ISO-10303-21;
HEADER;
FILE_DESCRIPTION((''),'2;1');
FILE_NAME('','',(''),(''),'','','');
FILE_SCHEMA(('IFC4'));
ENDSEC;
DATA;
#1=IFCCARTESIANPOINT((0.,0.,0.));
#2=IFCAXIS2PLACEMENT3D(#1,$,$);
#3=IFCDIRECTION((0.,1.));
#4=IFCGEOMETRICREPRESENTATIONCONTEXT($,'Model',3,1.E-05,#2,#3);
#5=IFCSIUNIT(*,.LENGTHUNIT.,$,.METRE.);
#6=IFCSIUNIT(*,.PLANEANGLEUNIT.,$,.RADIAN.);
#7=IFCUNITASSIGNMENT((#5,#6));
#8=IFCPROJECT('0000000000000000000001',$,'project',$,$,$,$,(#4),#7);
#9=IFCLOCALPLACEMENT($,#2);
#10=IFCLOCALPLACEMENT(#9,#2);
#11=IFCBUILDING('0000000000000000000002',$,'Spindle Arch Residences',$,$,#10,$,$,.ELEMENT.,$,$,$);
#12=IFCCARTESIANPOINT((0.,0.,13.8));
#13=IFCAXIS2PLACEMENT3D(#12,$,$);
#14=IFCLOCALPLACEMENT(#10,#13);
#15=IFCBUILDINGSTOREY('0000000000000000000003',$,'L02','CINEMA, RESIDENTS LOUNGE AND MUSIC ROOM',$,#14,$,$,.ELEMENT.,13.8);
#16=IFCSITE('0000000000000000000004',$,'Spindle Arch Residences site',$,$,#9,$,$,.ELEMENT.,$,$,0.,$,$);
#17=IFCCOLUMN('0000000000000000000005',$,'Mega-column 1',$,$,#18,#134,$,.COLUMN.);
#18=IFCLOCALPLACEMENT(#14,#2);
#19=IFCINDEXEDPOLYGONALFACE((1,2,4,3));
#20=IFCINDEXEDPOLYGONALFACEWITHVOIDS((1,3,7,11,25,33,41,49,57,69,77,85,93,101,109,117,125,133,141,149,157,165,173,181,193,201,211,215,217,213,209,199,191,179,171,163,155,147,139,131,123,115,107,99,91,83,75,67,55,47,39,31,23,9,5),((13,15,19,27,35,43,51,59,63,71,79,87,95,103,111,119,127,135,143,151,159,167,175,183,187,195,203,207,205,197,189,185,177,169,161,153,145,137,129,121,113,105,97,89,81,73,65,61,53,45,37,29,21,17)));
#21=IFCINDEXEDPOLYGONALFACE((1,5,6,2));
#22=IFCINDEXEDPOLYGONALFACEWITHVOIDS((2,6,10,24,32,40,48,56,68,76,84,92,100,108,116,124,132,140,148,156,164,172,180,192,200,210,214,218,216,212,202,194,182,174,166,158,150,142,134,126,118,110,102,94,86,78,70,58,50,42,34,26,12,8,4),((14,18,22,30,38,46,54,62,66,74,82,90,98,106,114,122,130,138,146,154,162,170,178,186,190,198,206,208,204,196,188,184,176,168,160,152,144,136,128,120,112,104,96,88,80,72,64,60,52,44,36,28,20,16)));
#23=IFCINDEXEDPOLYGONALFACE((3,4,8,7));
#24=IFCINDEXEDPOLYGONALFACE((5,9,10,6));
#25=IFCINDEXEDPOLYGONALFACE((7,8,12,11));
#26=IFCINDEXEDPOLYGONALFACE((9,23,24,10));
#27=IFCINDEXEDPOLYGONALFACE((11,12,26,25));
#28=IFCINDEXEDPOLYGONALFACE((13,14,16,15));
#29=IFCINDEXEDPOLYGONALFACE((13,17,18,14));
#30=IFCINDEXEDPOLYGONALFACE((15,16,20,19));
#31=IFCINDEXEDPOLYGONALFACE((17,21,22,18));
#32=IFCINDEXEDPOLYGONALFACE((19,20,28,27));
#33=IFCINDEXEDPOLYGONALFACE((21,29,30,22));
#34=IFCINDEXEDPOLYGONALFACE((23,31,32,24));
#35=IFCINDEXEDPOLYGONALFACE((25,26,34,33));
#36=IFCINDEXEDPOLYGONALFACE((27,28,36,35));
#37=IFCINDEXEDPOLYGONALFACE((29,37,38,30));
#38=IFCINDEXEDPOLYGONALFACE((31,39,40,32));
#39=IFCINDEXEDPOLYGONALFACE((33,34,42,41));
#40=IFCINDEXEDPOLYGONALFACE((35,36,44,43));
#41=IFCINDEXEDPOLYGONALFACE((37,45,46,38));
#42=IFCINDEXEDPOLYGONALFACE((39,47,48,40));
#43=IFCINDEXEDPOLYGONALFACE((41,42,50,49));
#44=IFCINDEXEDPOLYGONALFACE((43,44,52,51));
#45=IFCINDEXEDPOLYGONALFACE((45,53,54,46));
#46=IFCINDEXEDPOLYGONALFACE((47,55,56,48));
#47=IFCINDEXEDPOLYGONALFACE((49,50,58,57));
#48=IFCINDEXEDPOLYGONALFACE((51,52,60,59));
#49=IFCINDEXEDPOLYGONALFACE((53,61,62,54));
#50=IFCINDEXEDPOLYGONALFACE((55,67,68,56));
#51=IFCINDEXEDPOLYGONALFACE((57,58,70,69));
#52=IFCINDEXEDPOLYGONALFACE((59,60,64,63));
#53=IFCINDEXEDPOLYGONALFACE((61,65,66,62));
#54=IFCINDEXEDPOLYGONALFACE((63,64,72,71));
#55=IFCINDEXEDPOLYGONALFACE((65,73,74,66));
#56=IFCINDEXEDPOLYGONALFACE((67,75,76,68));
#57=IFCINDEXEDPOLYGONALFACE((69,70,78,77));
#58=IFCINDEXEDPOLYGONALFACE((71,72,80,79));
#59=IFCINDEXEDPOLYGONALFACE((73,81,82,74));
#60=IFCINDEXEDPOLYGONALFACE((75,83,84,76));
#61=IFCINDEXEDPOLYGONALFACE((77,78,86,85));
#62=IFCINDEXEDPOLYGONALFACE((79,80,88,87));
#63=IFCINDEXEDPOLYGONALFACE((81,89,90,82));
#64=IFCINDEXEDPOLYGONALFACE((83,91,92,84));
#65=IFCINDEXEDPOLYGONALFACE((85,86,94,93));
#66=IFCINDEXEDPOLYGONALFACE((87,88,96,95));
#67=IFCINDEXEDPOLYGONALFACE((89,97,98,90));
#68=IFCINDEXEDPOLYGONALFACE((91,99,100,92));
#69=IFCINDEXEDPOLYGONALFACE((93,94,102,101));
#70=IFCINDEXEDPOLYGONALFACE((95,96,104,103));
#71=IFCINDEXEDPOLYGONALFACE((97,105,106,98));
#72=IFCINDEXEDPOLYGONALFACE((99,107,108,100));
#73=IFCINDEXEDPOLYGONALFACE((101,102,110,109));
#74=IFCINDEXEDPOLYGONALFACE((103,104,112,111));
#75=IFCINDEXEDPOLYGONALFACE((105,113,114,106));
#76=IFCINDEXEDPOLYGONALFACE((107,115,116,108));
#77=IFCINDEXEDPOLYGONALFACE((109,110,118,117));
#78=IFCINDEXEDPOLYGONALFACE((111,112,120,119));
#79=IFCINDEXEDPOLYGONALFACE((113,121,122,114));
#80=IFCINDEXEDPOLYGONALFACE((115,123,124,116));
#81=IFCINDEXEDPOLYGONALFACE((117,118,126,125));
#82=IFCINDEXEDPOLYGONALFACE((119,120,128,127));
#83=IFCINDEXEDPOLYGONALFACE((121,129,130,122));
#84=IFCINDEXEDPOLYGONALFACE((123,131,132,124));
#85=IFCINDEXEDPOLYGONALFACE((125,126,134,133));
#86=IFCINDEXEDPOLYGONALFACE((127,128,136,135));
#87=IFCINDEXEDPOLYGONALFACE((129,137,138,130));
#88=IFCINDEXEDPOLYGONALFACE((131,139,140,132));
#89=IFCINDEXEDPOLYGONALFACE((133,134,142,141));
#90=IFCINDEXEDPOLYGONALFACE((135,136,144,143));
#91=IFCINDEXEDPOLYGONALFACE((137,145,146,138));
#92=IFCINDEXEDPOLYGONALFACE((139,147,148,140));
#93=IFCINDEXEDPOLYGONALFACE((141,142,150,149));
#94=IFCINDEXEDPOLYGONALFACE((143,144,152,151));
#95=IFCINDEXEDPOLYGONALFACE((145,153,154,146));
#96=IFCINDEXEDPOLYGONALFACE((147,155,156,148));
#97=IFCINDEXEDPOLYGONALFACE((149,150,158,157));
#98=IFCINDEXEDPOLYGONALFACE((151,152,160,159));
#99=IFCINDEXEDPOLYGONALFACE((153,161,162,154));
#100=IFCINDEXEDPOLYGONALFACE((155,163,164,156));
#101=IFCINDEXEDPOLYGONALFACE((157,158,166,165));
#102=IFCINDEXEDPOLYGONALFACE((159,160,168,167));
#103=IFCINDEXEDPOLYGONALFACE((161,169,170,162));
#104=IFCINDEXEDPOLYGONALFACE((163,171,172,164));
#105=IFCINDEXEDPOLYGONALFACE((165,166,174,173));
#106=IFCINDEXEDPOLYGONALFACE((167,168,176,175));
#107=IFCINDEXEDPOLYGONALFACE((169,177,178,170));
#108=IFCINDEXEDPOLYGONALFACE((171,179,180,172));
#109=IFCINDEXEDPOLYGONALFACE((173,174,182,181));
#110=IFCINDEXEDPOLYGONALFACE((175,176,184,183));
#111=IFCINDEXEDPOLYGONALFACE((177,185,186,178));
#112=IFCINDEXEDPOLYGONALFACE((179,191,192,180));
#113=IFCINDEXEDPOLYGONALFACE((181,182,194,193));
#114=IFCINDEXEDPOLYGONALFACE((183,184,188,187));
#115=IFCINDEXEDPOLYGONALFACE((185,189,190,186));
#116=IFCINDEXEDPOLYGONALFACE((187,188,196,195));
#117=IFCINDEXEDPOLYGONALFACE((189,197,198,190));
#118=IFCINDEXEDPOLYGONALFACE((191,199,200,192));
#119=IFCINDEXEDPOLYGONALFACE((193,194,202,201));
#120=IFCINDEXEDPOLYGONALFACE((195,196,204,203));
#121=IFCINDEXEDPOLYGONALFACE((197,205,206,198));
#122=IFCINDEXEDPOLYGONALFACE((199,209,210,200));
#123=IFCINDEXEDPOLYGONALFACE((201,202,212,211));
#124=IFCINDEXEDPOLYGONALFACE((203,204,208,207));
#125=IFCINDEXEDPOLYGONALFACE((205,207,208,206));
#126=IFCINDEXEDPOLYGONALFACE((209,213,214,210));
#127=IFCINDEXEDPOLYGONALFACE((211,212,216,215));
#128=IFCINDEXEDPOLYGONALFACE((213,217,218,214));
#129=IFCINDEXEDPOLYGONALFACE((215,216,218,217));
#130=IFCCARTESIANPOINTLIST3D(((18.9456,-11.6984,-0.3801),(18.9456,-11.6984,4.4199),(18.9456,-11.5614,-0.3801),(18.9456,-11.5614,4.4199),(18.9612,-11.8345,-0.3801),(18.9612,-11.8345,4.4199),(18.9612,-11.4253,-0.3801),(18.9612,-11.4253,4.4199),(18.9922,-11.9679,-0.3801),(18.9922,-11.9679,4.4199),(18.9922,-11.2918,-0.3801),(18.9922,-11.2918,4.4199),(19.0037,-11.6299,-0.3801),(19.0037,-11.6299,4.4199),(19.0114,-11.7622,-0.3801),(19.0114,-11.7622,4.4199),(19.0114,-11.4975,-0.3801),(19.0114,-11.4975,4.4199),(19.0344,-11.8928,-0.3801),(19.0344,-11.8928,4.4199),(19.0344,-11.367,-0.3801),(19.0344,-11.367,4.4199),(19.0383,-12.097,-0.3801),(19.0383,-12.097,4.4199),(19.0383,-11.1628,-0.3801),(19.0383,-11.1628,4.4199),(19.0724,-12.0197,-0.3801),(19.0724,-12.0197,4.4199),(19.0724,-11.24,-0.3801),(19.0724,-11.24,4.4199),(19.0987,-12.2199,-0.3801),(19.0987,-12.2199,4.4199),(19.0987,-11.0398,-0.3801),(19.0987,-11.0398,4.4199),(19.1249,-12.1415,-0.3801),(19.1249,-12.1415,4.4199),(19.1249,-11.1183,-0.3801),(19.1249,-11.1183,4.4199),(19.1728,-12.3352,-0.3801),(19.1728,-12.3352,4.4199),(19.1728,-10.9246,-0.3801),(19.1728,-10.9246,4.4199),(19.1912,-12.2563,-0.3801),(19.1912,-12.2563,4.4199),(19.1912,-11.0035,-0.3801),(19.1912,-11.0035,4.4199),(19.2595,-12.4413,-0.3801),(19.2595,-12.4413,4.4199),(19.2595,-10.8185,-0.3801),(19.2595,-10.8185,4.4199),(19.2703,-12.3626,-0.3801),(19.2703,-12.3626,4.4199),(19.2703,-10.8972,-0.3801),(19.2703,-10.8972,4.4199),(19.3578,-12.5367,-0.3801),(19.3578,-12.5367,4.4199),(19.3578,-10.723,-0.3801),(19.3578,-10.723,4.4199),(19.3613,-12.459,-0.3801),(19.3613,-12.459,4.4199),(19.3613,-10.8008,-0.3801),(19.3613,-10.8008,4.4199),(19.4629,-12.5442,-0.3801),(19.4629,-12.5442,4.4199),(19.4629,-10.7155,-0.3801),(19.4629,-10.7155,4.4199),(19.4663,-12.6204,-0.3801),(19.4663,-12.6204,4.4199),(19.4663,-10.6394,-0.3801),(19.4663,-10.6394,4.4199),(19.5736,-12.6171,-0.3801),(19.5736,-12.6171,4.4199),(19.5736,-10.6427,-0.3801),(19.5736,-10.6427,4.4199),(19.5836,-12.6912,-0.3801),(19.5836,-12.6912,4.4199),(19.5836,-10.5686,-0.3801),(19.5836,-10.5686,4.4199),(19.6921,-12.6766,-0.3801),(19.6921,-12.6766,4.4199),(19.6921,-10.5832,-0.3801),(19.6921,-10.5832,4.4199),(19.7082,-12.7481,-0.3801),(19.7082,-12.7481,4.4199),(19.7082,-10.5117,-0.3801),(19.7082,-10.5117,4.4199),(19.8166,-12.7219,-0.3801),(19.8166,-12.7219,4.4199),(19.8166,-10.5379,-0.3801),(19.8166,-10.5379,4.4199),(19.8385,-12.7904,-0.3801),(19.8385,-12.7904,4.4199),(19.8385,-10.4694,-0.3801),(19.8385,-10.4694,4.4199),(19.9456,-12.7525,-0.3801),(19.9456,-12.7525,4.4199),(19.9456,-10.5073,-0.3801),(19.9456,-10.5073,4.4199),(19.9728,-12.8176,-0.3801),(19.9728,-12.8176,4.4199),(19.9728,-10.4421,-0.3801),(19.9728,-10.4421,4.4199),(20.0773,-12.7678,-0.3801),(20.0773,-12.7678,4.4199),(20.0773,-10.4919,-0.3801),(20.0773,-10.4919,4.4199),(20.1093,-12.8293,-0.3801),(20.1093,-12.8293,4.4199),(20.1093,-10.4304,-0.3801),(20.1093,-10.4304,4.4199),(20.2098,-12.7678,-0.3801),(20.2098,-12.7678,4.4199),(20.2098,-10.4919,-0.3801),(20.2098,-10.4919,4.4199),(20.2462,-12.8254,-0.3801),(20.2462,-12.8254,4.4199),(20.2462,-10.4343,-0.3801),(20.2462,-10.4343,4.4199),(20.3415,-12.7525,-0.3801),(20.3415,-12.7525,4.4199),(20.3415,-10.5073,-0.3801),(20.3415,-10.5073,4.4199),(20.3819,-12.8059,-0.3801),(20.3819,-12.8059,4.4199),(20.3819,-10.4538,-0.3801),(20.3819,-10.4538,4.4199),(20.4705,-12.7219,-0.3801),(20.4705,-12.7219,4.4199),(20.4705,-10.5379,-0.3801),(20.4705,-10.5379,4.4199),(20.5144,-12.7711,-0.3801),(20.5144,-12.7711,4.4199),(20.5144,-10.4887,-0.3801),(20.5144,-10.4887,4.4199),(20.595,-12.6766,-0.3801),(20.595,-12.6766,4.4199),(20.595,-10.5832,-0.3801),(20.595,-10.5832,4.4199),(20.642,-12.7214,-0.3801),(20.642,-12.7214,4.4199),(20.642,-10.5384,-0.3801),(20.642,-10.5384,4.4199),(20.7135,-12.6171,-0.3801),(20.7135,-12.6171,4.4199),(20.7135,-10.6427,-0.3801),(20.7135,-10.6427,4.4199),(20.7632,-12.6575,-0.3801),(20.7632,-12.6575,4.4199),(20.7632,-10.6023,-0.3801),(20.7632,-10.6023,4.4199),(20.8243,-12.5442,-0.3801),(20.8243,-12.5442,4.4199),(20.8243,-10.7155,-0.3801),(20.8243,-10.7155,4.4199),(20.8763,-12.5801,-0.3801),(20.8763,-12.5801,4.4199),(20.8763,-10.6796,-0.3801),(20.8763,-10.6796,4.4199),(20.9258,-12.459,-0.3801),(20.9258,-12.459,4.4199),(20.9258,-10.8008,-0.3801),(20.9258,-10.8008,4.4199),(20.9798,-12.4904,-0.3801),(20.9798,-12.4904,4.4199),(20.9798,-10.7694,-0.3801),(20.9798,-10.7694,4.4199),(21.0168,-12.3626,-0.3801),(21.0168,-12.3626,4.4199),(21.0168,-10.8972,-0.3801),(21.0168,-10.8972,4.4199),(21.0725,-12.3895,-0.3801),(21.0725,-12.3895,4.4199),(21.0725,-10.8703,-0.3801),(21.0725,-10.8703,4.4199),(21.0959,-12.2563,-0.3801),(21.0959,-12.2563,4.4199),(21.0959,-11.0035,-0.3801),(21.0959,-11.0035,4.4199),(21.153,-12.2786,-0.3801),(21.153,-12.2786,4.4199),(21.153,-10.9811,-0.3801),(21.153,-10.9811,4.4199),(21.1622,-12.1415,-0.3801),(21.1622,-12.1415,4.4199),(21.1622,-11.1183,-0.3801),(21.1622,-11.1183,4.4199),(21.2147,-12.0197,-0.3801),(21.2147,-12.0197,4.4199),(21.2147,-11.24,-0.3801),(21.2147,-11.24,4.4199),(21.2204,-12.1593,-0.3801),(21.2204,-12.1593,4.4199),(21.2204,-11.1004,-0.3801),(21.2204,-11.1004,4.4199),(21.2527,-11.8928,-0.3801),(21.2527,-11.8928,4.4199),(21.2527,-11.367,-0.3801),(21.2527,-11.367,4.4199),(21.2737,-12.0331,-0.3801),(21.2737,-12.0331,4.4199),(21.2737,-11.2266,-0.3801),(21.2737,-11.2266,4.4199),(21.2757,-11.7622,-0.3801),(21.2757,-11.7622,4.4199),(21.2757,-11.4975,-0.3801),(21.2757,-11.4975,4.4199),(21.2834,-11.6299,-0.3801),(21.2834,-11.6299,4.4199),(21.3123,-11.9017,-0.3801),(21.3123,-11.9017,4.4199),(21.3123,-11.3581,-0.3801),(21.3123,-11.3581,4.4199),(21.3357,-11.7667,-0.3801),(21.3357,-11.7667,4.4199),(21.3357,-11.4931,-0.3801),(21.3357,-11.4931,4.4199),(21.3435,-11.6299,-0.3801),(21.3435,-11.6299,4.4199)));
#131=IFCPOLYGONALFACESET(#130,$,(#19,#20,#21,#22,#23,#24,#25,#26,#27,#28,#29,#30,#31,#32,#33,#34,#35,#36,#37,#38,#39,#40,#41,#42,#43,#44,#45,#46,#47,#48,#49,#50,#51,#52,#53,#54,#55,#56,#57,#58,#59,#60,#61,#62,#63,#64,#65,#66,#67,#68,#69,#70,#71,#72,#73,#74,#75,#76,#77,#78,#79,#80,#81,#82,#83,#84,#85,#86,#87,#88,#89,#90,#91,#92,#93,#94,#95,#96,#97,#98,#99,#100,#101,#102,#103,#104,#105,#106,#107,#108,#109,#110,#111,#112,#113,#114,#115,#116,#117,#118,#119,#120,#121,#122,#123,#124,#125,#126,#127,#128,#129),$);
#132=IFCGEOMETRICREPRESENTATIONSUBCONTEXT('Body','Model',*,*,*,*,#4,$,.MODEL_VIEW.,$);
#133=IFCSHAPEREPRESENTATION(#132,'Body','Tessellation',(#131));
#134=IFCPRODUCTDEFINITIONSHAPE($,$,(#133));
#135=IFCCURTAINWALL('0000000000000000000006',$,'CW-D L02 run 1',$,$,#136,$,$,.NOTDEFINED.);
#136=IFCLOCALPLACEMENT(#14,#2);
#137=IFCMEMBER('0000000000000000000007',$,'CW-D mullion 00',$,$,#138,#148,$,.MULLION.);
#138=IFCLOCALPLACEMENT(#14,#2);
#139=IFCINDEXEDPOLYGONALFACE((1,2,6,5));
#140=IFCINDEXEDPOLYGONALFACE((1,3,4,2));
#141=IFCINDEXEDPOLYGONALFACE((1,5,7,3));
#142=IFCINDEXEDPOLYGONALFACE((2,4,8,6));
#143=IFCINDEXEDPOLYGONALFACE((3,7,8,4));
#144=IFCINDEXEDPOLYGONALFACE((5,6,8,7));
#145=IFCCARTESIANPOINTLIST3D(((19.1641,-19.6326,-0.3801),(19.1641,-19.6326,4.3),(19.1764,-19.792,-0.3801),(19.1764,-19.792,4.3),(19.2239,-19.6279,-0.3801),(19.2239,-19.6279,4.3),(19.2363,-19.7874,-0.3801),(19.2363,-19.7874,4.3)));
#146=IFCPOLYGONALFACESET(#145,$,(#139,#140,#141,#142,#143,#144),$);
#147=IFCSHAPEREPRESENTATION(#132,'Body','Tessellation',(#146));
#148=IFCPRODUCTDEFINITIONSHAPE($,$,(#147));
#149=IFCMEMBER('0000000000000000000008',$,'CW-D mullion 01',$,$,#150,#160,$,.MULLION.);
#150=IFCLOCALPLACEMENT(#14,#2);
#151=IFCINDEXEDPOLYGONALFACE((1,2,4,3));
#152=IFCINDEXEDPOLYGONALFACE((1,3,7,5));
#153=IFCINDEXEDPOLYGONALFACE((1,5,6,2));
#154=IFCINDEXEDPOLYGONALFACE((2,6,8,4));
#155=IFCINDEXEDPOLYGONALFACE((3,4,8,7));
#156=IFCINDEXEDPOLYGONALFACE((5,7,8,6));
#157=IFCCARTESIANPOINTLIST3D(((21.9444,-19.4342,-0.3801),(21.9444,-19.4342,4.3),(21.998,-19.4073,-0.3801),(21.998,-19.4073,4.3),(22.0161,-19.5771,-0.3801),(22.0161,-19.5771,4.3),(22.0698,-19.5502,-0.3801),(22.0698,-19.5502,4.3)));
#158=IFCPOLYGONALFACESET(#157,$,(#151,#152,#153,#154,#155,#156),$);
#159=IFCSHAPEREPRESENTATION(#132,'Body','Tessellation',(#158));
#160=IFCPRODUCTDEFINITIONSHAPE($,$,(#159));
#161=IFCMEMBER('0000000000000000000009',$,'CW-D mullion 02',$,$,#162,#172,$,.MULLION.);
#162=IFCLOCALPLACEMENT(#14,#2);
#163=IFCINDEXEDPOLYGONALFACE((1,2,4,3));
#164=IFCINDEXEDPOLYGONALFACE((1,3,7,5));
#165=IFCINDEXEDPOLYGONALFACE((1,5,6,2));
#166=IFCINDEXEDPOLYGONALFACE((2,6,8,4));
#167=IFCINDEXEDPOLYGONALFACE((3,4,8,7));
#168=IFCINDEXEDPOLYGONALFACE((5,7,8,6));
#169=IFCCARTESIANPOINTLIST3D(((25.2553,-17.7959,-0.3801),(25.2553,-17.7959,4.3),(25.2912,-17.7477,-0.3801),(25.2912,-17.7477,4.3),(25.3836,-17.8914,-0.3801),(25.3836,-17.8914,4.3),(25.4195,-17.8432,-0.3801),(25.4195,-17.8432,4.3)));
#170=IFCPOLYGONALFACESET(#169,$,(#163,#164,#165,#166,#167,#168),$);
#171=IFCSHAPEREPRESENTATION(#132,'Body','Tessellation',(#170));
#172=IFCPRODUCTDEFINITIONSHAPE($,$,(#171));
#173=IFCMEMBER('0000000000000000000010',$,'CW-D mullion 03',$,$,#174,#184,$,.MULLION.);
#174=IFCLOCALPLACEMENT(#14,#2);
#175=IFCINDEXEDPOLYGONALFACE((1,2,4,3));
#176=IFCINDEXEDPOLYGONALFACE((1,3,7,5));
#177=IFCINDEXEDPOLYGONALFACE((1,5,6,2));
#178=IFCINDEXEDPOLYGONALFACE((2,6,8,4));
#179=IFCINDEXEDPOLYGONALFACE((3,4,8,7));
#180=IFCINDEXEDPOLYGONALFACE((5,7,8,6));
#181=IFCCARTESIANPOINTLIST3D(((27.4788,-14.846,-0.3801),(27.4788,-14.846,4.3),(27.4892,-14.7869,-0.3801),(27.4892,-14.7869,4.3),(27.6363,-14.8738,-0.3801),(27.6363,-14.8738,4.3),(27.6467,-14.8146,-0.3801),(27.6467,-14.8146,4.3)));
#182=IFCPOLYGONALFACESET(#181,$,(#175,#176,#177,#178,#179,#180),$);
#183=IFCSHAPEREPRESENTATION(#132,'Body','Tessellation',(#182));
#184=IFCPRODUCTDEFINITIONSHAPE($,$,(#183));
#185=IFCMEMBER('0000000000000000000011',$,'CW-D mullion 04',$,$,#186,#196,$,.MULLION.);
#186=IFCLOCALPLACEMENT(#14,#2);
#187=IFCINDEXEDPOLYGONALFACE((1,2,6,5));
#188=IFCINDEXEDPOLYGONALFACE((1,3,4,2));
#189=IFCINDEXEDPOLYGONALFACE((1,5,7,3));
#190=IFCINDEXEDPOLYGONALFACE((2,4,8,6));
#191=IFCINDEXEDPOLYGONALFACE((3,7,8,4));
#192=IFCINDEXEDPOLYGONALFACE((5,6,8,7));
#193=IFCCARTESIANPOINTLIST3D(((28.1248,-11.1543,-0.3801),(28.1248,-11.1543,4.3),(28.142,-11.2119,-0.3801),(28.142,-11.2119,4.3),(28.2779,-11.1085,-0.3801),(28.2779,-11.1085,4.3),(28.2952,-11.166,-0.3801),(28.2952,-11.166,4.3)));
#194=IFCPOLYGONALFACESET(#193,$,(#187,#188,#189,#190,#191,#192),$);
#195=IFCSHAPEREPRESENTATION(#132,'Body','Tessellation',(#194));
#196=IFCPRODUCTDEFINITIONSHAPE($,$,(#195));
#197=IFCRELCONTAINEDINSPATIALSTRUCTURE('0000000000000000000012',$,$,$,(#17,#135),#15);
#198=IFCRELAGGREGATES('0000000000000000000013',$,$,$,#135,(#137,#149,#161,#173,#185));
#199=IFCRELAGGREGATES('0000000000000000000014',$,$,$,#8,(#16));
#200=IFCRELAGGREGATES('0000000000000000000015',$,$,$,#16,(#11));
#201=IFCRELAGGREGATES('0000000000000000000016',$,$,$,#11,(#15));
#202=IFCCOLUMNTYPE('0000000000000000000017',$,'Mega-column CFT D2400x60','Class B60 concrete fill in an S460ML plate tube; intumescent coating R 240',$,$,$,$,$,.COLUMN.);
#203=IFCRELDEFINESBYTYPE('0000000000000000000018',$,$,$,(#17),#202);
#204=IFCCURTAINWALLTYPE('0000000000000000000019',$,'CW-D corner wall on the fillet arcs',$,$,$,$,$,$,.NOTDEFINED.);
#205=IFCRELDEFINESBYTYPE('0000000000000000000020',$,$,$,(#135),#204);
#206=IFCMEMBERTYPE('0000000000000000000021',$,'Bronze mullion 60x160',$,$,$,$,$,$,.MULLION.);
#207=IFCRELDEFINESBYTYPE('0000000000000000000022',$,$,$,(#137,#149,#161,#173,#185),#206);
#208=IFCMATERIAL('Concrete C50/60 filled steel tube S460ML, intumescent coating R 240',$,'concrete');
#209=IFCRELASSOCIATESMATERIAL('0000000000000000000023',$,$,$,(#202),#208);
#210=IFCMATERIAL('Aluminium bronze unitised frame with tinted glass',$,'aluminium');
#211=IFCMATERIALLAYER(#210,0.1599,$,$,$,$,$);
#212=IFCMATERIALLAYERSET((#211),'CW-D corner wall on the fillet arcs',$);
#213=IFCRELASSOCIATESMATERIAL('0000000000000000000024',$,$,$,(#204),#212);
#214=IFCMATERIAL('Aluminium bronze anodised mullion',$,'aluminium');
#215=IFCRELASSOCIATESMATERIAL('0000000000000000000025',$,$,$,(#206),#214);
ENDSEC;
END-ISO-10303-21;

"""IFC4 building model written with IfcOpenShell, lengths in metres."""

from ifc_helpers import new_model, si_unit, direction, frame, origin, origin_2d, place, context, subcontext, project, spatial, rectangle, hollow_circle, extrude, material, layer, layer_set, material_profile, profile_set, type_object, element, aggregate, save


model = new_model("IFC4")

# Units and contexts
model_context = context("Model", 3, precision=1e-05, world=origin(), true_north=direction((0.0, 1.0)))
body_context = subcontext(model_context, "Body", "Model", "MODEL_VIEW")
ifc_project = project(units=[si_unit("LENGTHUNIT", "METRE"), si_unit("PLANEANGLEUNIT", "RADIAN")], contexts=[model_context])

# Site, building, storey
site_placement = place(None, origin())
site = spatial("IfcSite", under=ifc_project, at=site_placement, Name="Spindle Arch Residences site", CompositionType="ELEMENT", RefElevation=0.0)
building_placement = place(site_placement, origin())
building = spatial("IfcBuilding", under=site, at=building_placement, Name="Spindle Arch Residences", CompositionType="ELEMENT")
storey_placement = place(building_placement, frame((0.0, 0.0, 13.8)))
storey = spatial("IfcBuildingStorey", under=building, at=storey_placement, Name="L02", Description="CINEMA, RESIDENTS LOUNGE AND MUSIC ROOM", CompositionType="ELEMENT", Elevation=13.8)

# Column
ifc_material_1 = material(Name="Concrete C50/60 filled steel tube S460ML, intumescent coating R 240", Category="concrete")
ifc_material_profile_1 = material_profile(ifc_material_1, hollow_circle(Radius=1.2, WallThickness=0.0601, at=origin_2d()), Name="CFT D2400x60")
ifc_profile_set_1 = profile_set([ifc_material_profile_1], Name="Concrete C50/60 filled steel tube S460ML, intumescent coating R 240")
column_type_1 = type_object("IfcColumnType", Name="Mega-column CFT D2400x60", Description="Class B60 concrete fill in an S460ML plate tube; intumescent coating R 240", PredefinedType="COLUMN", material=ifc_profile_set_1)
column_1_placement = place(storey_placement, frame((20.1436, -11.6299, -0.3801), z_axis=(0.0, 0.0, 1.0), x_axis=(1.0, 0.0, 0.0)))
element("IfcColumn", 1, at=column_1_placement, inside=storey, type_object=column_type_1, Name="Mega-column 1", PredefinedType="COLUMN", context=body_context, shape_type="SweptSolid", body=[
    extrude(hollow_circle(Radius=1.2, WallThickness=0.0601, at=origin_2d()), origin(), (0.0, 0.0, 1.0), 4.8),
])

# Curtain wall, members
ifc_material_2 = material(Name="Aluminium bronze unitised frame with tinted glass", Category="aluminium")
ifc_layer_1 = layer(ifc_material_2, 0.1599)
ifc_layer_set_1 = layer_set([ifc_layer_1], Name="CW-D corner wall on the fillet arcs")
curtain_wall_type_1 = type_object("IfcCurtainWallType", Name="CW-D corner wall on the fillet arcs", PredefinedType="NOTDEFINED", material=ifc_layer_set_1)
curtain_wall_1_placement = place(storey_placement, origin())
curtain_wall_1 = element("IfcCurtainWall", 2, at=curtain_wall_1_placement, inside=storey, type_object=curtain_wall_type_1, Name="CW-D L02 run 1", PredefinedType="NOTDEFINED")
ifc_material_3 = material(Name="Aluminium bronze anodised mullion", Category="aluminium")
ifc_material_profile_2 = material_profile(ifc_material_3, rectangle(XDim=0.1599, YDim=0.0601, at=origin_2d()), Name="MU 60x160")
ifc_profile_set_2 = profile_set([ifc_material_profile_2], Name="Aluminium bronze anodised mullion")
member_type_1 = type_object("IfcMemberType", Name="Bronze mullion 60x160", PredefinedType="MULLION", material=ifc_profile_set_2)
member_1_placement = place(storey_placement, frame((19.2002, -19.71, -0.3801), z_axis=(0.0, 0.0, 1.0), x_axis=(-0.077364, 0.997003, 0.0)))
member_1 = element("IfcMember", 3, at=member_1_placement, type_object=member_type_1, Name="CW-D mullion 00", PredefinedType="MULLION", context=body_context, shape_type="SweptSolid", body=[
    extrude(rectangle(XDim=0.1599, YDim=0.0601, at=origin_2d()), origin(), (0.0, 0.0, 1.0), 4.6802),
])
member_2_placement = place(storey_placement, frame((22.0071, -19.4922, -0.3801), z_axis=(0.0, 0.0, 1.0), x_axis=(-0.448799, 0.893633, 0.0)))
member_2 = element("IfcMember", 4, at=member_2_placement, type_object=member_type_1, Name="CW-D mullion 01", PredefinedType="MULLION", context=body_context, shape_type="SweptSolid", body=[
    extrude(rectangle(XDim=0.1599, YDim=0.0601, at=origin_2d()), origin(), (0.0, 0.0, 1.0), 4.6802),
])
member_3_placement = place(storey_placement, frame((25.3374, -17.8196, -0.3801), z_axis=(0.0, 0.0, 1.0), x_axis=(-0.802123, 0.597159, 0.0)))
member_3 = element("IfcMember", 5, at=member_3_placement, type_object=member_type_1, Name="CW-D mullion 02", PredefinedType="MULLION", context=body_context, shape_type="SweptSolid", body=[
    extrude(rectangle(XDim=0.1599, YDim=0.0601, at=origin_2d()), origin(), (0.0, 0.0, 1.0), 4.6802),
])
member_4_placement = place(storey_placement, frame((27.5627, -14.8303, -0.3801), z_axis=(0.0, 0.0, 1.0), x_axis=(-0.984808, 0.173648, 0.0)))
member_4 = element("IfcMember", 6, at=member_4_placement, type_object=member_type_1, Name="CW-D mullion 03", PredefinedType="MULLION", context=body_context, shape_type="SweptSolid", body=[
    extrude(rectangle(XDim=0.1599, YDim=0.0601, at=origin_2d()), origin(), (0.0, 0.0, 1.0), 4.6802),
])
member_5_placement = place(storey_placement, frame((28.21, -11.1602, -0.3801), z_axis=(0.0, 0.0, 1.0), x_axis=(-0.95799, -0.286803, 0.0)))
member_5 = element("IfcMember", 7, at=member_5_placement, type_object=member_type_1, Name="CW-D mullion 04", PredefinedType="MULLION", context=body_context, shape_type="SweptSolid", body=[
    extrude(rectangle(XDim=0.1599, YDim=0.0601, at=origin_2d()), origin(), (0.0, 0.0, 1.0), 4.6802),
])

aggregate(curtain_wall_1, [member_1, member_2, member_3, member_4, member_5])

save(model, "model.ifc")
